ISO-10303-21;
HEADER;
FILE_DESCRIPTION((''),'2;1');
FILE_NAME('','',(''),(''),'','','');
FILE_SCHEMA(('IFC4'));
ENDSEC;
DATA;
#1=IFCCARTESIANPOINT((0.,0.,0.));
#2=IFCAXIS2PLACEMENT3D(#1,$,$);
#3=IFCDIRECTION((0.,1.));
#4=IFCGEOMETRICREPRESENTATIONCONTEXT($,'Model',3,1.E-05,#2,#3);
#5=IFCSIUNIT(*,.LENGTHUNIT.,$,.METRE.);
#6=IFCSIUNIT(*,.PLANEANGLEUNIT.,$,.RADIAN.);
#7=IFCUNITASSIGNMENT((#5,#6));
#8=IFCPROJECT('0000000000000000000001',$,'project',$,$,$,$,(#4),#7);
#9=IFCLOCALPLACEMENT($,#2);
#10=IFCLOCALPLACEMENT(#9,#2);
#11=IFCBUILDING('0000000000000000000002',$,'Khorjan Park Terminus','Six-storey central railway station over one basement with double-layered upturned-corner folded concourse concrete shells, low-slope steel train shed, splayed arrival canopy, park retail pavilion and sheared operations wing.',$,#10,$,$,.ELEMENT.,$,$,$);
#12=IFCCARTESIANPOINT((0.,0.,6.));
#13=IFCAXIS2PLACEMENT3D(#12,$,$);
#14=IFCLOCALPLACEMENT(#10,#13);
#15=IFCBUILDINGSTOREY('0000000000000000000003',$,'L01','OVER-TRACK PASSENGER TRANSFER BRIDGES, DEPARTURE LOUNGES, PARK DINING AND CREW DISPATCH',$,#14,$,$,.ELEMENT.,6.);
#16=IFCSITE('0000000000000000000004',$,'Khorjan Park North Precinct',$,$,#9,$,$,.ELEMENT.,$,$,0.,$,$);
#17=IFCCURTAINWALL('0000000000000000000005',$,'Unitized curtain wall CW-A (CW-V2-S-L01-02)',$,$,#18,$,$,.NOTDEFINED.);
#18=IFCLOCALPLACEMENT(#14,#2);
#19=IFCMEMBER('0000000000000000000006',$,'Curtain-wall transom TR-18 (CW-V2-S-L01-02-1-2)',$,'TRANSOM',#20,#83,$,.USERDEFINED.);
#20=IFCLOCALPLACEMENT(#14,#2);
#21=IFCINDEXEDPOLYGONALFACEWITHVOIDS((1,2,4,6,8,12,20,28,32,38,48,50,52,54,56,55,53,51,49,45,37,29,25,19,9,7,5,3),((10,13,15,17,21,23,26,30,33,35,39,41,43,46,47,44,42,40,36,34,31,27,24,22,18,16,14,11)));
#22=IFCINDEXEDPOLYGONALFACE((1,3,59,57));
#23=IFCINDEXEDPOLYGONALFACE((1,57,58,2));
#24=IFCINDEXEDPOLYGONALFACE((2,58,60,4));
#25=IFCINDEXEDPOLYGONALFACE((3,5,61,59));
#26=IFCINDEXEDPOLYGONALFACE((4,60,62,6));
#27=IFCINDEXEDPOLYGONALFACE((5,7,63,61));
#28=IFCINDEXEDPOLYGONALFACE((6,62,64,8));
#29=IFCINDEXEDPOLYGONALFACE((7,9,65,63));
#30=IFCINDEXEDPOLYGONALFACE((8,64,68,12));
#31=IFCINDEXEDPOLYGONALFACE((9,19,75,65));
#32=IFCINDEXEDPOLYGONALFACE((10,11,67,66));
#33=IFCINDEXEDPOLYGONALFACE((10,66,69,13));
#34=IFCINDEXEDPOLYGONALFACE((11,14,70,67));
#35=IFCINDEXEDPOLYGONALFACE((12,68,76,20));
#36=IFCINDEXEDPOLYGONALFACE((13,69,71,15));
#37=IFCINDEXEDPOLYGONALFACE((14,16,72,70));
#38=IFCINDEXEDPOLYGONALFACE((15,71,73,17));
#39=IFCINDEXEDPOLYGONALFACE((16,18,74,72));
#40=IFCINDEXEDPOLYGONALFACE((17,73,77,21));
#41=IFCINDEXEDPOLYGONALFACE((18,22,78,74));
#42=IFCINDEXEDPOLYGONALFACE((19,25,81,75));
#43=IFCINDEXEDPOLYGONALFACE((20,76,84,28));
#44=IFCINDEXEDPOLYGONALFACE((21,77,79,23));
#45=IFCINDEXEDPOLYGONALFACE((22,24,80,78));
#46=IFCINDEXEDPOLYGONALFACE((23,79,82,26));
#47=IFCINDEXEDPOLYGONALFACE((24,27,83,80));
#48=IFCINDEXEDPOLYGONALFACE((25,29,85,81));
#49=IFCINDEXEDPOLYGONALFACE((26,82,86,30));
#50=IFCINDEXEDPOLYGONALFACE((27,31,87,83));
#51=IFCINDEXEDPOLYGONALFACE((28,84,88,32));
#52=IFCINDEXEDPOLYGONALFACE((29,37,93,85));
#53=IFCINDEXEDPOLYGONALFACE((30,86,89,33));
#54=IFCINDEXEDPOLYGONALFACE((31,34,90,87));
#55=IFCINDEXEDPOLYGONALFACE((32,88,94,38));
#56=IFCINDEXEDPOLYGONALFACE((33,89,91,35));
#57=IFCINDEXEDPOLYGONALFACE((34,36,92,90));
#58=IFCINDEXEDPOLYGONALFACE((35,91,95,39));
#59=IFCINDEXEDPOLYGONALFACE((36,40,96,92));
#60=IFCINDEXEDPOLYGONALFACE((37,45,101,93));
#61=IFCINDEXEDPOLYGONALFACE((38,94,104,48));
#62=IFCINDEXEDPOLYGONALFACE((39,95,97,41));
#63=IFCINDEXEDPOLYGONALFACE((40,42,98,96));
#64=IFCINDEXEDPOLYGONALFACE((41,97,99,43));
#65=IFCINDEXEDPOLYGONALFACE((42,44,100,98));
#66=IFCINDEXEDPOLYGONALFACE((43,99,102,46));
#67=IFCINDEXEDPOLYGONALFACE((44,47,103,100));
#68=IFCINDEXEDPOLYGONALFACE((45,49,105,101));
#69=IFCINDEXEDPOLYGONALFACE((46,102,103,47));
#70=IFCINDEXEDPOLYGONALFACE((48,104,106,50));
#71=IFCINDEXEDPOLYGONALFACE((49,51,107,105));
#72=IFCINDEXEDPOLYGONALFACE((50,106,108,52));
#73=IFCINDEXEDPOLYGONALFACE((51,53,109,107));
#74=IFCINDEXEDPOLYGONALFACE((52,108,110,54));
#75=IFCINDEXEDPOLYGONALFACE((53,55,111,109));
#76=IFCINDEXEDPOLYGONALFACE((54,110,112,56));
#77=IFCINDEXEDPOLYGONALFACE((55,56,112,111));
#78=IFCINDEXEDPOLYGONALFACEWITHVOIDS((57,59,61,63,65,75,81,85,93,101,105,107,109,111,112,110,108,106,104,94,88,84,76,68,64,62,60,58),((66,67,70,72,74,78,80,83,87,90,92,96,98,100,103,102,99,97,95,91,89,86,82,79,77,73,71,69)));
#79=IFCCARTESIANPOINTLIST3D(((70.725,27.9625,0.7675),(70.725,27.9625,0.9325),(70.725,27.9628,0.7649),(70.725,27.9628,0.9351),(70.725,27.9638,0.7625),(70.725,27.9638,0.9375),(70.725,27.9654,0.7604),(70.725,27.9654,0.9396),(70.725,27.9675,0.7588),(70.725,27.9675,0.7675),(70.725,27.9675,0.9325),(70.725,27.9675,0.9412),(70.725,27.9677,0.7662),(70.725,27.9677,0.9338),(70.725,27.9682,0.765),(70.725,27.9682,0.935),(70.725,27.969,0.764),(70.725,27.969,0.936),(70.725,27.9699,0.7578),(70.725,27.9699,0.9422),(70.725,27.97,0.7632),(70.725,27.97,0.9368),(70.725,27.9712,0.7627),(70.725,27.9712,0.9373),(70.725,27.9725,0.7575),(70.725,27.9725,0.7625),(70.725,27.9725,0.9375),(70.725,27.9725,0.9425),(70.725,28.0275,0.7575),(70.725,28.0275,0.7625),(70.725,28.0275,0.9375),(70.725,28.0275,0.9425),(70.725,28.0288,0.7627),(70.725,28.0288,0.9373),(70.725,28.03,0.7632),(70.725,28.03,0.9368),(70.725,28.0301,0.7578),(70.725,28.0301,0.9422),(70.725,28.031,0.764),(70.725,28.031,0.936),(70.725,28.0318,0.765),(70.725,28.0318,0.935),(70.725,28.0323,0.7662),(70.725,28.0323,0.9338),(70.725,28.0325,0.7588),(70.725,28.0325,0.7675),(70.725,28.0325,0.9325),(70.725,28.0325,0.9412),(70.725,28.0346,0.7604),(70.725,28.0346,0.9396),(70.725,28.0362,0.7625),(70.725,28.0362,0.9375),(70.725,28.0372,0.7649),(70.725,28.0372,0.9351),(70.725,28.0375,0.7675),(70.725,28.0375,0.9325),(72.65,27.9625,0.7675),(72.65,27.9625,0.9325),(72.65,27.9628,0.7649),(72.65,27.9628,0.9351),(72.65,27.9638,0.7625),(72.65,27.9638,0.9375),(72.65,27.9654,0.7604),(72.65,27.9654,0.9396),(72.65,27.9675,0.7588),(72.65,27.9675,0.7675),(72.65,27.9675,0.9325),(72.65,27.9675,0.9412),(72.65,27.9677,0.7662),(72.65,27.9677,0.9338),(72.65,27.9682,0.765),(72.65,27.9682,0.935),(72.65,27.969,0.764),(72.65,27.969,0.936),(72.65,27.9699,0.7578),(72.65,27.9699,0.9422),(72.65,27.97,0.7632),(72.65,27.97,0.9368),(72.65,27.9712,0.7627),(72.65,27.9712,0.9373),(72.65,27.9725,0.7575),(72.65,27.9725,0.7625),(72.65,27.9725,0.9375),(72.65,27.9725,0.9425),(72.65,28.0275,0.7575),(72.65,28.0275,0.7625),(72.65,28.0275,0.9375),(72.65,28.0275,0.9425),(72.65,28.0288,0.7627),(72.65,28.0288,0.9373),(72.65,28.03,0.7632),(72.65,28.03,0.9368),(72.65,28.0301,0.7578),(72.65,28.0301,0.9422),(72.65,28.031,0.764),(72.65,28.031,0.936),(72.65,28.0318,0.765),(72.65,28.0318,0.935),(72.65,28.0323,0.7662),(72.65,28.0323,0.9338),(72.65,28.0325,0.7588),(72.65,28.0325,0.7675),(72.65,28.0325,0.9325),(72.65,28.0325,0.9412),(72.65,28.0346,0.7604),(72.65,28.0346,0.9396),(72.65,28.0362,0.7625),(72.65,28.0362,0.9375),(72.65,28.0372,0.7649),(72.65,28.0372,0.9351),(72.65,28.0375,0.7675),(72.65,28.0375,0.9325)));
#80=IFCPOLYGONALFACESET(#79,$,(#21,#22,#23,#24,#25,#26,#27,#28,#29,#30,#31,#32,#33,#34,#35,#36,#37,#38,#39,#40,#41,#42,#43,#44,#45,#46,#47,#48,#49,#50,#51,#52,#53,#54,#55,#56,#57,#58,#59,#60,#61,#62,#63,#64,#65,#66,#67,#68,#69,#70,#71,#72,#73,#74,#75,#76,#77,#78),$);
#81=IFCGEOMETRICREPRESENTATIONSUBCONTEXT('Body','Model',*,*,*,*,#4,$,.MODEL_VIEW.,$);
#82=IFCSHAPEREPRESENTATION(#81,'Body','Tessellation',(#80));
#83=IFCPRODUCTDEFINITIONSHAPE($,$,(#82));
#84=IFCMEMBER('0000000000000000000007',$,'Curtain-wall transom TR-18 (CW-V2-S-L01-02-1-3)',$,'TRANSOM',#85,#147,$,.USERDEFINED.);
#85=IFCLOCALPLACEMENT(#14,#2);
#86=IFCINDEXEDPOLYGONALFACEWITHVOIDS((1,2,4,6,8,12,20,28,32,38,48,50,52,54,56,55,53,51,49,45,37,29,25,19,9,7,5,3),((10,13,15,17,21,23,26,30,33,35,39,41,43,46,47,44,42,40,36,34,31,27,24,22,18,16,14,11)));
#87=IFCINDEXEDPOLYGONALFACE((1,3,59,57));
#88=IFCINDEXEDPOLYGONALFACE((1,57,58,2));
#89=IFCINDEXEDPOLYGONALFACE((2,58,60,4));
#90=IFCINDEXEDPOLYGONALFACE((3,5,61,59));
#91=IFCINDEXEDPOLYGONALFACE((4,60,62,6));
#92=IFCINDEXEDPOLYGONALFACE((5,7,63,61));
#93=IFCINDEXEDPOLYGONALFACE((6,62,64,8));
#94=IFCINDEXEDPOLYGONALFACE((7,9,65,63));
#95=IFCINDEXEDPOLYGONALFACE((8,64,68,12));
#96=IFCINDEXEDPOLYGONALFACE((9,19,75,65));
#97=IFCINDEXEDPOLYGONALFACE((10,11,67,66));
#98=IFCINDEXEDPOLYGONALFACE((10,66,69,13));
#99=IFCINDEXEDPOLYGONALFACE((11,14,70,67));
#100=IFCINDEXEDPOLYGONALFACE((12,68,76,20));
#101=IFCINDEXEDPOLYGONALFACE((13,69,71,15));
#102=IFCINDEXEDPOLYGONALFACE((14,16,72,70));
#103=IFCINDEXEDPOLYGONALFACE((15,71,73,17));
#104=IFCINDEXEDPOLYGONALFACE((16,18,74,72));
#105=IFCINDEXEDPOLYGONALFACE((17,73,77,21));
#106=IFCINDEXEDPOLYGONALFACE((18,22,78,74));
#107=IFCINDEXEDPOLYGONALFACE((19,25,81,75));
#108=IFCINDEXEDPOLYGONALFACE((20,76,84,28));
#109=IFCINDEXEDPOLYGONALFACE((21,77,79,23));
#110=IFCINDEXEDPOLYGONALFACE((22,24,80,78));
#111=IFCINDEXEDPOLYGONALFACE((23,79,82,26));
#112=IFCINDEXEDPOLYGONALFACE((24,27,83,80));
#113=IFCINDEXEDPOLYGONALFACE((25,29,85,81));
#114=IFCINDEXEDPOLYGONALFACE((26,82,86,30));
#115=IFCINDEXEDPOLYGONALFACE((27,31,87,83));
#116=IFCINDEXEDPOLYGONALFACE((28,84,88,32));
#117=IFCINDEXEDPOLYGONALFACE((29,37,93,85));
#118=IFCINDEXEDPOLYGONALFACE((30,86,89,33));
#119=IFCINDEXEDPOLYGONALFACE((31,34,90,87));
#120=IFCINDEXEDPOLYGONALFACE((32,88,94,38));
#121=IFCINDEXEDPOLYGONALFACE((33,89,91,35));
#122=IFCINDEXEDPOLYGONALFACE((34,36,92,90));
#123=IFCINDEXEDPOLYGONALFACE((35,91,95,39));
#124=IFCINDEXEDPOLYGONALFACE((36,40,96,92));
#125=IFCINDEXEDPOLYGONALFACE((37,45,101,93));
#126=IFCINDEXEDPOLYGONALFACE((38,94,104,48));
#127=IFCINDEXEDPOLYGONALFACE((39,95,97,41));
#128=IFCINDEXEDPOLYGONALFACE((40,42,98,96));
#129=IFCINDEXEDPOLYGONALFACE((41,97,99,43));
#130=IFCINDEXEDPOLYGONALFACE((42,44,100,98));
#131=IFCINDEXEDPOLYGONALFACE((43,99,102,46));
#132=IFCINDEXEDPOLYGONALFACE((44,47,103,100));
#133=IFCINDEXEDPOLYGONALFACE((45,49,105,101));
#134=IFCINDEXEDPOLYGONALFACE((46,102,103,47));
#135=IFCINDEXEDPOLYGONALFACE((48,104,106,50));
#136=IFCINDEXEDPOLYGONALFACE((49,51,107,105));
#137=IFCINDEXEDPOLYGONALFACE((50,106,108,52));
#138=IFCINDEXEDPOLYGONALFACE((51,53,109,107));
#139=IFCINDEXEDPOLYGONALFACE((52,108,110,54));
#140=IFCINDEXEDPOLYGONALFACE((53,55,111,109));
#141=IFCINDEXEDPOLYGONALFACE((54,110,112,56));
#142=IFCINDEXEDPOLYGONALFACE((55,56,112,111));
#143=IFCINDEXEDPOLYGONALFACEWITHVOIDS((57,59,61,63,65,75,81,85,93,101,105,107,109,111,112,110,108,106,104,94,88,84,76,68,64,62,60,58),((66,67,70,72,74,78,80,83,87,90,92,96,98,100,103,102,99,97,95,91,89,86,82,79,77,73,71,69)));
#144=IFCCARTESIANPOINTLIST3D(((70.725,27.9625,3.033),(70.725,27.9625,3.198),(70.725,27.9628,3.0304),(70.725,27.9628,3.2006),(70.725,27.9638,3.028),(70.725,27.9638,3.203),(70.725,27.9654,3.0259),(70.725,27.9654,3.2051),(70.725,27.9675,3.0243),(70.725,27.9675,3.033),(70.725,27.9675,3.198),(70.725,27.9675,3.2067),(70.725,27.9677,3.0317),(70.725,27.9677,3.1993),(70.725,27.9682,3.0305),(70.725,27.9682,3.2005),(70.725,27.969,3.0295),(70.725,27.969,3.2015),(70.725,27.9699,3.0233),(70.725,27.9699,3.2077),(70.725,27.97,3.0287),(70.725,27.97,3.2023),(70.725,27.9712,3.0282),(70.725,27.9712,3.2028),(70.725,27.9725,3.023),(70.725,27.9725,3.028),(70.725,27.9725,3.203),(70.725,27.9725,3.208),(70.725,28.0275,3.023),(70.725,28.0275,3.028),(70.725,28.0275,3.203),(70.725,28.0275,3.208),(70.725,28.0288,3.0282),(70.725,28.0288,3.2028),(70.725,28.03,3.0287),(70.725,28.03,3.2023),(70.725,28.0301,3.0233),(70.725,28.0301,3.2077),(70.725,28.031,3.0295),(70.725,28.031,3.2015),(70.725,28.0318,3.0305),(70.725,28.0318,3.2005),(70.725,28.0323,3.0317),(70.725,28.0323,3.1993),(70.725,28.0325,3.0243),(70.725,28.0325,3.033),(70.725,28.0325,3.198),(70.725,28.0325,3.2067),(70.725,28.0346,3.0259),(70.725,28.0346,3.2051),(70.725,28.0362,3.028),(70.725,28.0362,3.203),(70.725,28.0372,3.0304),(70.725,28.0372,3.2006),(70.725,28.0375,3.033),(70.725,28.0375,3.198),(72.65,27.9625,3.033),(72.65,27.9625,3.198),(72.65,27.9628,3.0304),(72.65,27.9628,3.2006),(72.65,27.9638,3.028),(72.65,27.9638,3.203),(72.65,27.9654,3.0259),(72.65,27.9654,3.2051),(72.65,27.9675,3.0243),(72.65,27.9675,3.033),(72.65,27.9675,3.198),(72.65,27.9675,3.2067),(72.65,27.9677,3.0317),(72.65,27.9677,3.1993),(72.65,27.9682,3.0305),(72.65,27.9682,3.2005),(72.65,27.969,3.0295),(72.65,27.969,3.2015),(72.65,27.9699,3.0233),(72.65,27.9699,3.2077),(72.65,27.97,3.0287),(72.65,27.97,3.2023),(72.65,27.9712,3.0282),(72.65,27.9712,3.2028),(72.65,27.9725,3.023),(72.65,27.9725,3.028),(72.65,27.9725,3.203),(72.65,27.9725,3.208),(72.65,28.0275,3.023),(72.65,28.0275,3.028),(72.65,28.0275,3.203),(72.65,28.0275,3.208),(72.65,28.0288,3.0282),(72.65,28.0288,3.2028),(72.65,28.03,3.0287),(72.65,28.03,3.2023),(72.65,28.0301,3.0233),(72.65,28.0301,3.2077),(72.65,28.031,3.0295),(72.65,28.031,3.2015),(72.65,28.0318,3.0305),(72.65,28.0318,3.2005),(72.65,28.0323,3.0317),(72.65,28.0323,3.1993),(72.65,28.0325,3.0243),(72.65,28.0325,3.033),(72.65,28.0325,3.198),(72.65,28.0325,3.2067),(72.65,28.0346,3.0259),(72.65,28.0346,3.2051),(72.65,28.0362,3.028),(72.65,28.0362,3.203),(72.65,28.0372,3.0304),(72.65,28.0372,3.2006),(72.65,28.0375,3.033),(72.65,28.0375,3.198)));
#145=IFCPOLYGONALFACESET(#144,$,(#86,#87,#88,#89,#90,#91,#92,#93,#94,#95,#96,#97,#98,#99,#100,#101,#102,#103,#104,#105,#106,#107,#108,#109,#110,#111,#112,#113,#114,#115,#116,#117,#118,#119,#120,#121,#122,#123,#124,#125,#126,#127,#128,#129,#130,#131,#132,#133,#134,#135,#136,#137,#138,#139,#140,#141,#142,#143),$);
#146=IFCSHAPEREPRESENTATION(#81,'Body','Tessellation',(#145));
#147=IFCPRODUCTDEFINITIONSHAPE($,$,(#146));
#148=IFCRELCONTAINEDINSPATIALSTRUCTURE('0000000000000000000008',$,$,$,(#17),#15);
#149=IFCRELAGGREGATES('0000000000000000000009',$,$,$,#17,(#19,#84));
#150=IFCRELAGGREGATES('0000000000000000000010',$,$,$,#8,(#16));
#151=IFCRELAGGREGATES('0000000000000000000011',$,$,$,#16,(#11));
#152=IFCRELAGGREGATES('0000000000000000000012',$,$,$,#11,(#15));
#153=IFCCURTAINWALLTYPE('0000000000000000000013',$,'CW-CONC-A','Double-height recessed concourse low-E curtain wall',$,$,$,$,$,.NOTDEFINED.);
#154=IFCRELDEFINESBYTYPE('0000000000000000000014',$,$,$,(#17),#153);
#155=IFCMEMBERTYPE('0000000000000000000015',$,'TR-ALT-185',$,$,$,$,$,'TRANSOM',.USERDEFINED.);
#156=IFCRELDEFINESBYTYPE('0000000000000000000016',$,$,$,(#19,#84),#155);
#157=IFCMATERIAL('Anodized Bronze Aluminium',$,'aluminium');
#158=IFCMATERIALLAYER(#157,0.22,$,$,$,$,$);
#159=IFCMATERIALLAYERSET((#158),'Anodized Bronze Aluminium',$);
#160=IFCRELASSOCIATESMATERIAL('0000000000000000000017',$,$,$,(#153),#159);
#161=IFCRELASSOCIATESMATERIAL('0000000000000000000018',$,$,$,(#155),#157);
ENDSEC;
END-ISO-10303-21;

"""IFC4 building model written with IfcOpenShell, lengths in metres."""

from ifc_helpers import new_model, si_unit, direction, frame, origin, origin_2d, place, context, subcontext, project, spatial, hollow_rectangle, extrude, material, layer, layer_set, material_profile, profile_set, type_object, element, aggregate, save


model = new_model("IFC4")

# Units and contexts
model_context = context("Model", 3, precision=1e-05, world=origin(), true_north=direction((0.0, 1.0)))
body_context = subcontext(model_context, "Body", "Model", "MODEL_VIEW")
ifc_project = project(units=[si_unit("LENGTHUNIT", "METRE"), si_unit("PLANEANGLEUNIT", "RADIAN")], contexts=[model_context])

# Site, building, storey
site_placement = place(None, origin())
site = spatial("IfcSite", under=ifc_project, at=site_placement, Name="Khorjan Park North Precinct", CompositionType="ELEMENT", RefElevation=0.0)
building_placement = place(site_placement, origin())
building = spatial("IfcBuilding", under=site, at=building_placement, Name="Khorjan Park Terminus", Description="Six-storey central railway station over one basement with double-layered upturned-corner folded concourse concrete shells, low-slope steel train shed, splayed arrival canopy, park retail pavilion and sheared operations wing.", CompositionType="ELEMENT")
storey_placement = place(building_placement, frame((0.0, 0.0, 6.0)))
storey = spatial("IfcBuildingStorey", under=building, at=storey_placement, Name="L01", Description="OVER-TRACK PASSENGER TRANSFER BRIDGES, DEPARTURE LOUNGES, PARK DINING AND CREW DISPATCH", CompositionType="ELEMENT", Elevation=6.0)

# Curtain wall
ifc_material_1 = material(Name="Anodized Bronze Aluminium", Category="aluminium")
ifc_layer_1 = layer(ifc_material_1, 0.22)
ifc_layer_set_1 = layer_set([ifc_layer_1], Name="Anodized Bronze Aluminium")
curtain_wall_type = type_object("IfcCurtainWallType", Name="CW-CONC-A", Description="Double-height recessed concourse low-E curtain wall", PredefinedType="NOTDEFINED", material=ifc_layer_set_1)
curtain_wall_1_placement = place(storey_placement, origin())
curtain_wall_1 = element("IfcCurtainWall", 1, at=curtain_wall_1_placement, inside=storey, type_object=curtain_wall_type, Name="Unitized curtain wall CW-A (CW-V2-S-L01-02)", PredefinedType="NOTDEFINED")

# Members
ifc_material_profile_1 = material_profile(ifc_material_1, hollow_rectangle(XDim=0.075, YDim=0.185, WallThickness=0.005, InnerFilletRadius=0.005, OuterFilletRadius=0.01, at=origin_2d()), Name="ALT 75x185x5")
ifc_profile_set_1 = profile_set([ifc_material_profile_1], Name="Anodized Bronze Aluminium")
member_type_1 = type_object("IfcMemberType", Name="TR-ALT-185", ElementType="TRANSOM", PredefinedType="USERDEFINED", material=ifc_profile_set_1)
member_1_placement = place(storey_placement, frame((70.725, 28.0, 0.85), z_axis=(1.0, 0.0, 0.0), x_axis=(0.0, 1.0, 0.0)))
member_1 = element("IfcMember", 2, at=member_1_placement, type_object=member_type_1, Name="Curtain-wall transom TR-18 (CW-V2-S-L01-02-1-2)", ObjectType="TRANSOM", PredefinedType="USERDEFINED", context=body_context, shape_type="SweptSolid", body=[
    extrude(hollow_rectangle(XDim=0.075, YDim=0.185, WallThickness=0.005, InnerFilletRadius=0.005, OuterFilletRadius=0.01, at=origin_2d()), origin(), (0.0, 0.0, 1.0), 1.925),
])
member_2_placement = place(storey_placement, frame((70.725, 28.0, 3.1155), z_axis=(1.0, 0.0, 0.0), x_axis=(0.0, 1.0, 0.0)))
member_2 = element("IfcMember", 3, at=member_2_placement, type_object=member_type_1, Name="Curtain-wall transom TR-18 (CW-V2-S-L01-02-1-3)", ObjectType="TRANSOM", PredefinedType="USERDEFINED", context=body_context, shape_type="SweptSolid", body=[
    extrude(hollow_rectangle(XDim=0.075, YDim=0.185, WallThickness=0.005, InnerFilletRadius=0.005, OuterFilletRadius=0.01, at=origin_2d()), origin(), (0.0, 0.0, 1.0), 1.925),
])

aggregate(curtain_wall_1, [member_1, member_2])

save(model, "model.ifc")
